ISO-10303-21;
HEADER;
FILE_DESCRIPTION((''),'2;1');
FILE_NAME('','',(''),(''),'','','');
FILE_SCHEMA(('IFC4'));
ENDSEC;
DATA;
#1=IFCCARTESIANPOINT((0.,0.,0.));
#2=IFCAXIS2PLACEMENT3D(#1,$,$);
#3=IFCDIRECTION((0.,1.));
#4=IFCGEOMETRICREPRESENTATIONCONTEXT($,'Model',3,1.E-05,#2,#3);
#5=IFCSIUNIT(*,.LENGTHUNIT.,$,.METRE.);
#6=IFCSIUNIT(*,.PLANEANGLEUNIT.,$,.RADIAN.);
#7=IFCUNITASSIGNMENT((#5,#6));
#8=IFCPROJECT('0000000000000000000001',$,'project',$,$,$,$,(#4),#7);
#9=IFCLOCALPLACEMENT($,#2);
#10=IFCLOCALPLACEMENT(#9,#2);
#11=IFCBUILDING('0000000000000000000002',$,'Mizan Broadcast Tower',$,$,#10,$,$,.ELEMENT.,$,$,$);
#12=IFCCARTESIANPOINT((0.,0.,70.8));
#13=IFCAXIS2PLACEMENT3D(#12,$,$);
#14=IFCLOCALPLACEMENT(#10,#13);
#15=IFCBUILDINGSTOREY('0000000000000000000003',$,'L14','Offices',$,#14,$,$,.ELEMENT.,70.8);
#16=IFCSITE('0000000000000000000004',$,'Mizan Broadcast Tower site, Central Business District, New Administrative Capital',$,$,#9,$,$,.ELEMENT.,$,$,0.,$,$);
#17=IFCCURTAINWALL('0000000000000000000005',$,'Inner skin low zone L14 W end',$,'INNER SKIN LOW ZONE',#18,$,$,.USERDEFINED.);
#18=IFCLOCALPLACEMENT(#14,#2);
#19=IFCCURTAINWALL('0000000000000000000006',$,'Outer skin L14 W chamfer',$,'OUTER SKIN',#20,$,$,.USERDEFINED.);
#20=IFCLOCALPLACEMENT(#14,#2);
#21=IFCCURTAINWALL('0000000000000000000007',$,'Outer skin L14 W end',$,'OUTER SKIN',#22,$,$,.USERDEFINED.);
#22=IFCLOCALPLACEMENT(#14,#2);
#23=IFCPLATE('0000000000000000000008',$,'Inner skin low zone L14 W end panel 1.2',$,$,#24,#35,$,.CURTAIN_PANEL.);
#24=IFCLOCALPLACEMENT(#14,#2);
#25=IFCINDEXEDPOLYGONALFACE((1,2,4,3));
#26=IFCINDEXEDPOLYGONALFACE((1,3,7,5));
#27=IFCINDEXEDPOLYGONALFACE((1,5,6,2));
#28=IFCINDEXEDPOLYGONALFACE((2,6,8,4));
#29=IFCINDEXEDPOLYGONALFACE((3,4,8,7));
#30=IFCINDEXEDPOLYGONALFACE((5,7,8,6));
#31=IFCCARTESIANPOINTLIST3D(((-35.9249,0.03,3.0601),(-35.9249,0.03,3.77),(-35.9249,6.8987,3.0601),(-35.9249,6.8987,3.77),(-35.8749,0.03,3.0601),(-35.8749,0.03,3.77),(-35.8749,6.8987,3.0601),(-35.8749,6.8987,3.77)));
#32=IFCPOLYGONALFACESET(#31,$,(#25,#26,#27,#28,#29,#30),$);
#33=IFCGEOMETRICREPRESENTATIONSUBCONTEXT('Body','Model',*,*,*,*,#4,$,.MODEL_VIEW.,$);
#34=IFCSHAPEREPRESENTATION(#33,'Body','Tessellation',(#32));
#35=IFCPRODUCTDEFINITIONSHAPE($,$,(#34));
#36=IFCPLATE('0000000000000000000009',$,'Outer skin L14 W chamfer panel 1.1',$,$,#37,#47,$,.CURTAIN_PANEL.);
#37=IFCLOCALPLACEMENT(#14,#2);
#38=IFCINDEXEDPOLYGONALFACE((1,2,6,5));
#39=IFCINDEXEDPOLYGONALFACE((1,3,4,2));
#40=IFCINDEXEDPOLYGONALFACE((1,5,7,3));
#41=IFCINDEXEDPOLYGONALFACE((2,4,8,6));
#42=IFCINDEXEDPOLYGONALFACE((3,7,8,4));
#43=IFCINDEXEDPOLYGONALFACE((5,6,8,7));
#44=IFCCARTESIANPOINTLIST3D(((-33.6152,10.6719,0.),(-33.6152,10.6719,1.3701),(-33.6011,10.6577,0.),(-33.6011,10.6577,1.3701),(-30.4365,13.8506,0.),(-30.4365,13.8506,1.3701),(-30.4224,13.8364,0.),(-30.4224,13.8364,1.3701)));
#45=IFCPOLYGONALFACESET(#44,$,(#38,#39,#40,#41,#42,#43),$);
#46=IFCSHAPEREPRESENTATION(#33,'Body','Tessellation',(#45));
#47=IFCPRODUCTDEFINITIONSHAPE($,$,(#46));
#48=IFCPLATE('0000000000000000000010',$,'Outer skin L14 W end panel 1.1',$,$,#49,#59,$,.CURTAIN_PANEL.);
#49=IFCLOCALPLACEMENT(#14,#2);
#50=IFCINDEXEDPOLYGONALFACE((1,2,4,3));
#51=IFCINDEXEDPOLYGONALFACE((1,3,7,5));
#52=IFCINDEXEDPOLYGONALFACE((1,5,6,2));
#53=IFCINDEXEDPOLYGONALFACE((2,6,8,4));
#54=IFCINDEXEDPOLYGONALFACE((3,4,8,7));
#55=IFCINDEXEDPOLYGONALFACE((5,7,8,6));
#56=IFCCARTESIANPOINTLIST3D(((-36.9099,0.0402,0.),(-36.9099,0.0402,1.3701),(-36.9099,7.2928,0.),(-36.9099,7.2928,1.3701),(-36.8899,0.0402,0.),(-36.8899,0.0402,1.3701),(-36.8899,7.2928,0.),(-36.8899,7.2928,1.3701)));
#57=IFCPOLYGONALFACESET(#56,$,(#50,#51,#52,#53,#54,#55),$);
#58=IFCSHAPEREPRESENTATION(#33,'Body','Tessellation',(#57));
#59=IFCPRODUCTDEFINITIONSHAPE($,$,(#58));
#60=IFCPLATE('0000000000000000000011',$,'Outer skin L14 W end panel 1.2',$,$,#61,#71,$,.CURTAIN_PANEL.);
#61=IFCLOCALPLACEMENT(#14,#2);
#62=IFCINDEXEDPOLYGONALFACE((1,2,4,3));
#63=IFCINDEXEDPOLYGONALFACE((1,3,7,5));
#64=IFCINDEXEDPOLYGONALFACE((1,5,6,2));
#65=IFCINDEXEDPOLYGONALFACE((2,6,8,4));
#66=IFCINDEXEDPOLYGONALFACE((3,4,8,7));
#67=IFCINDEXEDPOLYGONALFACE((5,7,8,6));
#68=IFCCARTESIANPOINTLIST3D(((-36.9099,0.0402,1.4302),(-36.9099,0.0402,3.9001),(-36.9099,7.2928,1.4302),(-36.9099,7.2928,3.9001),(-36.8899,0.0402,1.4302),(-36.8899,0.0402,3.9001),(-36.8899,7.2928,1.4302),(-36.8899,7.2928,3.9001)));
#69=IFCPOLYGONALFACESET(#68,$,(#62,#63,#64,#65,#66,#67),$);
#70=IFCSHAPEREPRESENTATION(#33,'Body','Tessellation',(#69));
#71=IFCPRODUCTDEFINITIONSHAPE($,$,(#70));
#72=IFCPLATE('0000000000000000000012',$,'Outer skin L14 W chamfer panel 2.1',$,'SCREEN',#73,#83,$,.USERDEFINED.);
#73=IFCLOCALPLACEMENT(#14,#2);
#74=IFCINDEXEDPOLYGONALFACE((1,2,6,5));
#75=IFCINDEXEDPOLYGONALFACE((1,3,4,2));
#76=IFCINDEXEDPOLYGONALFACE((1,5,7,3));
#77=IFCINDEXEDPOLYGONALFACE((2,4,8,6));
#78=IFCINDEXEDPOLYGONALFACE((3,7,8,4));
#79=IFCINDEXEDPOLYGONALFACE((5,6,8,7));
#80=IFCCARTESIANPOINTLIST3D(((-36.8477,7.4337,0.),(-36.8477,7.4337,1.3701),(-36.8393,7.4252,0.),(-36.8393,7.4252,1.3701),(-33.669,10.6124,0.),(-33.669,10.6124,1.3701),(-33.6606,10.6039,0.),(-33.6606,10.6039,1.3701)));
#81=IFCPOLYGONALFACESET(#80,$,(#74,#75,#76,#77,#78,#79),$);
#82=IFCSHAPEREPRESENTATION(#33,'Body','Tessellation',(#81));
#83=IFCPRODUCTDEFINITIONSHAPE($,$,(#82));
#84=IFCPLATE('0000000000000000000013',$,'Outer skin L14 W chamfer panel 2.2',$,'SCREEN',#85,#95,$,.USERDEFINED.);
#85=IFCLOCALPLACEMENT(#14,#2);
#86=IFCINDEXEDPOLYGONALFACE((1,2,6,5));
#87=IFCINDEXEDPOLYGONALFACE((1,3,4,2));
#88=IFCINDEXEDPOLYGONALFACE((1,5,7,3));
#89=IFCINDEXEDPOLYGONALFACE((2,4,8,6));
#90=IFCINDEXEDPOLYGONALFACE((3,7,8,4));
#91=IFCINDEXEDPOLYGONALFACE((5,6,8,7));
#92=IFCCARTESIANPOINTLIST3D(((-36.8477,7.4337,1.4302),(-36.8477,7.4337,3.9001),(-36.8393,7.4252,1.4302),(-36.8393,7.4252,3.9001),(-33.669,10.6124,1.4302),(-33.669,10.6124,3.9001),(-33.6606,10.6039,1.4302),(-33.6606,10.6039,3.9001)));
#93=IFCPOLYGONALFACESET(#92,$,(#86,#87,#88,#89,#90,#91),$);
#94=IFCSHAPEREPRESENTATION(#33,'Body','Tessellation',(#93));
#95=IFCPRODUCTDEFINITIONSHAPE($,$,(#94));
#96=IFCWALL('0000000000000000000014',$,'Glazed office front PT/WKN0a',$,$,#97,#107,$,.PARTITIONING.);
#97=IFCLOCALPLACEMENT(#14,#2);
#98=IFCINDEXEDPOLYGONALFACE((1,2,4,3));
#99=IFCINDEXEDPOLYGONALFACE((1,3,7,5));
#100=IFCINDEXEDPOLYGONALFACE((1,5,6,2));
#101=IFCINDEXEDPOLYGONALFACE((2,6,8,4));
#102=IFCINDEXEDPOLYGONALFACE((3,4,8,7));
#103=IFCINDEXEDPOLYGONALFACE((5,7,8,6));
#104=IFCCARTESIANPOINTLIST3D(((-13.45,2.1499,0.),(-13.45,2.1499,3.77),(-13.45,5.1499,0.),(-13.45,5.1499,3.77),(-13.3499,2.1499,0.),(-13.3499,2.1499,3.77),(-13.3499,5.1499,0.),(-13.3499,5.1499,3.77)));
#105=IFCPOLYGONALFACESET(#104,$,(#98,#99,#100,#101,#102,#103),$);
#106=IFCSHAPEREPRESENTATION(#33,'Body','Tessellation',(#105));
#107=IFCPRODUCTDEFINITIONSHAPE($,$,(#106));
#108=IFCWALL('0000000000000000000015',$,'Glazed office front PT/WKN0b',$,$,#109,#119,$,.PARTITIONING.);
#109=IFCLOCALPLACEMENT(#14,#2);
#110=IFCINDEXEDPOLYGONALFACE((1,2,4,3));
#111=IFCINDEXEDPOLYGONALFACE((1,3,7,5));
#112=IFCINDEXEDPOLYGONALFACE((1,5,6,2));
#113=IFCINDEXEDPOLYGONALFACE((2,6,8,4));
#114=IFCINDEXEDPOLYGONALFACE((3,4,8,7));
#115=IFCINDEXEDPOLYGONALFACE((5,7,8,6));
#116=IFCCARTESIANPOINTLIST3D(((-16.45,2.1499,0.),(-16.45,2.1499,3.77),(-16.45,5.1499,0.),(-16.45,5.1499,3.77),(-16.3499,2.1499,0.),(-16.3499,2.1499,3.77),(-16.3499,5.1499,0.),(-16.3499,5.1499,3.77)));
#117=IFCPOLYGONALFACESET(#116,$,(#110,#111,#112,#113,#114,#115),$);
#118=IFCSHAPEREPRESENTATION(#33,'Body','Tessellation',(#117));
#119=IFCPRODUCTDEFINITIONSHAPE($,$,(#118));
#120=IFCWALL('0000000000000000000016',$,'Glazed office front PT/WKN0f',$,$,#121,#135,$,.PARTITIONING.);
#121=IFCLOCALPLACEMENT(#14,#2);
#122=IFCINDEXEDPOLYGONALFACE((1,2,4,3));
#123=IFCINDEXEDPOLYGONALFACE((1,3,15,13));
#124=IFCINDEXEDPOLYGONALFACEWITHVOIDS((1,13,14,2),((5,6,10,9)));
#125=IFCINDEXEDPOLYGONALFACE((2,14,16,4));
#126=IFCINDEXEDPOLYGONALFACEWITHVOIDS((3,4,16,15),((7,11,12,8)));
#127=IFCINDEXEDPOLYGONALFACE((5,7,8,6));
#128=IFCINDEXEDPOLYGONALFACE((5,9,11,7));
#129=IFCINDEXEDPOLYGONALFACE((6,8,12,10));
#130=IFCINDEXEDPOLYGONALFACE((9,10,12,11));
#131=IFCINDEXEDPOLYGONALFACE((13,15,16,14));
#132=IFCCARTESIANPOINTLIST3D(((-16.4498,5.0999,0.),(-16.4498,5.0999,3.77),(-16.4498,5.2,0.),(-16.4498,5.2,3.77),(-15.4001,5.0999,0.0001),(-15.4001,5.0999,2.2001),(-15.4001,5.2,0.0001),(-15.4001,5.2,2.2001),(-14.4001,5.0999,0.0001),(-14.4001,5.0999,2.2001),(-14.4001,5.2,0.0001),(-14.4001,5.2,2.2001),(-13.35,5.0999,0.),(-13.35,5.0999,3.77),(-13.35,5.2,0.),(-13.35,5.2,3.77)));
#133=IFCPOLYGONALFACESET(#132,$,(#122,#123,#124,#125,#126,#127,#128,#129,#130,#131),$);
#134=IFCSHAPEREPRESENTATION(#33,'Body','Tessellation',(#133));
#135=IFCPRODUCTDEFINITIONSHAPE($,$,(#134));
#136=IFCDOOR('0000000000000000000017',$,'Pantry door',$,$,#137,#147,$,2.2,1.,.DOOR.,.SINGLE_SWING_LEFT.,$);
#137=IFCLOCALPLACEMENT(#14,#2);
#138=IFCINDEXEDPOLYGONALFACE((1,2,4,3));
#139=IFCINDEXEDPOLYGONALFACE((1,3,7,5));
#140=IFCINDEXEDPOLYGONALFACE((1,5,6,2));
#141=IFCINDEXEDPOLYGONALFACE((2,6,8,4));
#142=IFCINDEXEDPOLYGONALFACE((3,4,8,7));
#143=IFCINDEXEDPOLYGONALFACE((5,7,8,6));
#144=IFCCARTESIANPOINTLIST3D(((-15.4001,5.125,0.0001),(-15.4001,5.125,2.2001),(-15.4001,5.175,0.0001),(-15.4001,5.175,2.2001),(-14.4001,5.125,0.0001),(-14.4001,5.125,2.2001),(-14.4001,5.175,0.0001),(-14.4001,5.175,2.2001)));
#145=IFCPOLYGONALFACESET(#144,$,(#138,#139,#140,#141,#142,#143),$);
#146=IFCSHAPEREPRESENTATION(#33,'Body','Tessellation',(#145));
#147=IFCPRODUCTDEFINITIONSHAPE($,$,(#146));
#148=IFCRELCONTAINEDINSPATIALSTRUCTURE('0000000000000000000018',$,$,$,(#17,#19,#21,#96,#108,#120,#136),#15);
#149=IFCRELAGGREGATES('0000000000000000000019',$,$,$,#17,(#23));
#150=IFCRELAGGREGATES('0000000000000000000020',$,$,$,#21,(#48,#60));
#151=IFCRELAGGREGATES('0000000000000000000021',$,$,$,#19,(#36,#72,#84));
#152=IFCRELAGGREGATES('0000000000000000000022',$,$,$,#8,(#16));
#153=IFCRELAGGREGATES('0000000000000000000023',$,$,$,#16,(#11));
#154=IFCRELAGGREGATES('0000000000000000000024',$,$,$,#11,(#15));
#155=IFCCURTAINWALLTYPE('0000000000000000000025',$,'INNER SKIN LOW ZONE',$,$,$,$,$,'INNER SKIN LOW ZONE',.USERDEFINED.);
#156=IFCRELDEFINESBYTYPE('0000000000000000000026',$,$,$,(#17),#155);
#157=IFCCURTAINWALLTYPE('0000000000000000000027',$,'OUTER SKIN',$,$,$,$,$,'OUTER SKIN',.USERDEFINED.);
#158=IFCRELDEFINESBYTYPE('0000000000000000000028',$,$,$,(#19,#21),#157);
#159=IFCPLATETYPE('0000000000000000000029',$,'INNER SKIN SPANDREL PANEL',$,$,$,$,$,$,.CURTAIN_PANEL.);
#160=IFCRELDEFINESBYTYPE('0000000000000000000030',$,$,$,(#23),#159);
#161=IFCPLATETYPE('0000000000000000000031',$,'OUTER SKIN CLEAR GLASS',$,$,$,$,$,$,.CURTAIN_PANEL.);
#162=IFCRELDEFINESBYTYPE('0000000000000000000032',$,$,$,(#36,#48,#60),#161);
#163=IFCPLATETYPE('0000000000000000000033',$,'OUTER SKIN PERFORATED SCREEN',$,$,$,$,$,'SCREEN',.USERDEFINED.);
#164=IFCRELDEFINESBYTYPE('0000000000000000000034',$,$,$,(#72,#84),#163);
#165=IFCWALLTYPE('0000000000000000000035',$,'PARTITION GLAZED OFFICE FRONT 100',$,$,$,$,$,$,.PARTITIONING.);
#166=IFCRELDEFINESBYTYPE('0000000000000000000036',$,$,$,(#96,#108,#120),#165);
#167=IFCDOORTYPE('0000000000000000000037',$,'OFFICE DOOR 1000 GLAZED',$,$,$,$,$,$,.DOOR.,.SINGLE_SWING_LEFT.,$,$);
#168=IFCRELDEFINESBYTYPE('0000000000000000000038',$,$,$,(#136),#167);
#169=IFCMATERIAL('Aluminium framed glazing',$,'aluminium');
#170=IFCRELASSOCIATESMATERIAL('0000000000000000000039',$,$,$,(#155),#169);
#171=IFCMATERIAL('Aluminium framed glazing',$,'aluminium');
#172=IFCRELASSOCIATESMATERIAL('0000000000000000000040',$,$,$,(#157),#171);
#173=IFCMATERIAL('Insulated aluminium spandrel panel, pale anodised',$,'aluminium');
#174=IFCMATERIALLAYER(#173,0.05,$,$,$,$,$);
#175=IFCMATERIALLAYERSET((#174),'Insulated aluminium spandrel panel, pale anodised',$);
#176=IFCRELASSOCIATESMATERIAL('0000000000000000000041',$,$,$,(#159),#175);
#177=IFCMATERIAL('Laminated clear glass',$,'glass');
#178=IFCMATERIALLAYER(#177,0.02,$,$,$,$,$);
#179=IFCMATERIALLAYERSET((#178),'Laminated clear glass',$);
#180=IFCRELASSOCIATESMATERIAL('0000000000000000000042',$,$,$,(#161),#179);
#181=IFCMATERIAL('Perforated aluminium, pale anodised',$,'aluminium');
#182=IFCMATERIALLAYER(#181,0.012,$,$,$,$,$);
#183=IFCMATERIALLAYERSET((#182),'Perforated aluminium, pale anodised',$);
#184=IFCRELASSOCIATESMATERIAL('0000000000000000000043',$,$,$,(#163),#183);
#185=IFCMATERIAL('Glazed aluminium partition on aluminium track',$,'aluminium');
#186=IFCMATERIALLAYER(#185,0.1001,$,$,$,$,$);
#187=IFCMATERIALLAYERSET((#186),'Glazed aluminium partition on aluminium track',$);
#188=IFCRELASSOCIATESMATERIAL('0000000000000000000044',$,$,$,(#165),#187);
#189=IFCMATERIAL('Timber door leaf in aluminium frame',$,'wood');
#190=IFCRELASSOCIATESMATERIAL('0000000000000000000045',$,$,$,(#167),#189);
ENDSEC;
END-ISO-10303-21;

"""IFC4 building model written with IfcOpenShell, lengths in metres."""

from ifc_helpers import new_model, si_unit, direction, frame, frame_2d, origin, origin_2d, place, context, subcontext, project, spatial, rectangle, extrude, material, layer, layer_set, type_object, element, fill, aggregate, save


model = new_model("IFC4")

# Units and contexts
model_context = context("Model", 3, precision=1e-05, world=origin(), true_north=direction((0.0, 1.0)))
body_context = subcontext(model_context, "Body", "Model", "MODEL_VIEW")
ifc_project = project(units=[si_unit("LENGTHUNIT", "METRE"), si_unit("PLANEANGLEUNIT", "RADIAN")], contexts=[model_context])

# Site, building, storey
site_placement = place(None, origin())
site = spatial("IfcSite", under=ifc_project, at=site_placement, Name="Mizan Broadcast Tower site, Central Business District, New Administrative Capital", CompositionType="ELEMENT", RefElevation=0.0)
building_placement = place(site_placement, origin())
building = spatial("IfcBuilding", under=site, at=building_placement, Name="Mizan Broadcast Tower", CompositionType="ELEMENT")
storey_placement = place(building_placement, frame((0.0, 0.0, 70.8)))
storey = spatial("IfcBuildingStorey", under=building, at=storey_placement, Name="L14", Description="Offices", CompositionType="ELEMENT", Elevation=70.8)

# Curtain wall
ifc_material_1 = material(Name="Aluminium framed glazing", Category="aluminium")
curtain_wall_type_1 = type_object("IfcCurtainWallType", Name="INNER SKIN LOW ZONE", ElementType="INNER SKIN LOW ZONE", PredefinedType="USERDEFINED", material=ifc_material_1)
curtain_wall_1_placement = place(storey_placement, origin())
curtain_wall_1 = element("IfcCurtainWall", 1, at=curtain_wall_1_placement, inside=storey, type_object=curtain_wall_type_1, Name="Inner skin low zone L14 W end", ObjectType="INNER SKIN LOW ZONE", PredefinedType="USERDEFINED")

# Curtain wall
ifc_material_2 = material(Name="Aluminium framed glazing", Category="aluminium")
curtain_wall_type_2 = type_object("IfcCurtainWallType", Name="OUTER SKIN", ElementType="OUTER SKIN", PredefinedType="USERDEFINED", material=ifc_material_2)
curtain_wall_2_placement = place(storey_placement, origin())
curtain_wall_2 = element("IfcCurtainWall", 2, at=curtain_wall_2_placement, inside=storey, type_object=curtain_wall_type_2, Name="Outer skin L14 W chamfer", ObjectType="OUTER SKIN", PredefinedType="USERDEFINED")

# Curtain wall
curtain_wall_3_placement = place(storey_placement, origin())
curtain_wall_3 = element("IfcCurtainWall", 3, at=curtain_wall_3_placement, inside=storey, type_object=curtain_wall_type_2, Name="Outer skin L14 W end", ObjectType="OUTER SKIN", PredefinedType="USERDEFINED")

# Plates
ifc_material_3 = material(Name="Insulated aluminium spandrel panel, pale anodised", Category="aluminium")
ifc_layer_1 = layer(ifc_material_3, 0.05)
ifc_layer_set_1 = layer_set([ifc_layer_1], Name="Insulated aluminium spandrel panel, pale anodised")
plate_type_1 = type_object("IfcPlateType", Name="INNER SKIN SPANDREL PANEL", PredefinedType="CURTAIN_PANEL", material=ifc_layer_set_1)
plate_1_placement = place(storey_placement, frame((-35.8999, 3.4644, 3.0601), z_axis=(0.0, 0.0, 1.0), x_axis=(0.0, -1.0, 0.0)))
plate_1 = element("IfcPlate", 4, at=plate_1_placement, type_object=plate_type_1, Name="Inner skin low zone L14 W end panel 1.2", PredefinedType="CURTAIN_PANEL", context=body_context, shape_type="SweptSolid", body=[
    extrude(rectangle(XDim=6.8687, YDim=0.05, at=origin_2d()), origin(), (0.0, 0.0, 1.0), 0.71),
])
aggregate(curtain_wall_1, [plate_1])
ifc_material_4 = material(Name="Laminated clear glass", Category="glass")
ifc_layer_2 = layer(ifc_material_4, 0.02)
ifc_layer_set_2 = layer_set([ifc_layer_2], Name="Laminated clear glass")
plate_type_2 = type_object("IfcPlateType", Name="OUTER SKIN CLEAR GLASS", PredefinedType="CURTAIN_PANEL", material=ifc_layer_set_2)
plate_2_placement = place(storey_placement, frame((-32.0188, 12.2542, 0.0), z_axis=(0.0, 0.0, 1.0), x_axis=(-0.707107, -0.707107, 0.0)))
plate_2 = element("IfcPlate", 5, at=plate_2_placement, type_object=plate_type_2, Name="Outer skin L14 W chamfer panel 1.1", PredefinedType="CURTAIN_PANEL", context=body_context, shape_type="SweptSolid", body=[
    extrude(rectangle(XDim=4.4954, YDim=0.02, at=origin_2d()), origin(), (0.0, 0.0, 1.0), 1.3701),
])
plate_3_placement = place(storey_placement, frame((-36.8999, 3.6665, 0.0), z_axis=(0.0, 0.0, 1.0), x_axis=(0.0, -1.0, 0.0)))
plate_3 = element("IfcPlate", 6, at=plate_3_placement, type_object=plate_type_2, Name="Outer skin L14 W end panel 1.1", PredefinedType="CURTAIN_PANEL", context=body_context, shape_type="SweptSolid", body=[
    extrude(rectangle(XDim=7.2527, YDim=0.02, at=origin_2d()), origin(), (0.0, 0.0, 1.0), 1.3701),
])
plate_4_placement = place(storey_placement, frame((-36.8999, 3.6665, 1.4302), z_axis=(0.0, 0.0, 1.0), x_axis=(0.0, -1.0, 0.0)))
plate_4 = element("IfcPlate", 7, at=plate_4_placement, type_object=plate_type_2, Name="Outer skin L14 W end panel 1.2", PredefinedType="CURTAIN_PANEL", context=body_context, shape_type="SweptSolid", body=[
    extrude(rectangle(XDim=7.2527, YDim=0.02, at=origin_2d()), origin(), (0.0, 0.0, 1.0), 2.47),
])
aggregate(curtain_wall_3, [plate_3, plate_4])
ifc_material_5 = material(Name="Perforated aluminium, pale anodised", Category="aluminium")
ifc_layer_3 = layer(ifc_material_5, 0.012)
ifc_layer_set_3 = layer_set([ifc_layer_3], Name="Perforated aluminium, pale anodised")
plate_type_3 = type_object("IfcPlateType", Name="OUTER SKIN PERFORATED SCREEN", ElementType="SCREEN", PredefinedType="USERDEFINED", material=ifc_layer_set_3)
plate_5_placement = place(storey_placement, frame((-35.2542, 9.0188, 0.0), z_axis=(0.0, 0.0, 1.0), x_axis=(-0.707107, -0.707107, 0.0)))
plate_5 = element("IfcPlate", 8, at=plate_5_placement, type_object=plate_type_3, Name="Outer skin L14 W chamfer panel 2.1", ObjectType="SCREEN", PredefinedType="USERDEFINED", context=body_context, shape_type="SweptSolid", body=[
    extrude(rectangle(XDim=4.4954, YDim=0.012, at=origin_2d()), origin(), (0.0, 0.0, 1.0), 1.3701),
])
plate_6_placement = place(storey_placement, frame((-35.2542, 9.0188, 1.4302), z_axis=(0.0, 0.0, 1.0), x_axis=(-0.707107, -0.707107, 0.0)))
plate_6 = element("IfcPlate", 9, at=plate_6_placement, type_object=plate_type_3, Name="Outer skin L14 W chamfer panel 2.2", ObjectType="SCREEN", PredefinedType="USERDEFINED", context=body_context, shape_type="SweptSolid", body=[
    extrude(rectangle(XDim=4.4954, YDim=0.012, at=origin_2d()), origin(), (0.0, 0.0, 1.0), 2.47),
])
aggregate(curtain_wall_2, [plate_2, plate_5, plate_6])

# Walls
ifc_material_6 = material(Name="Glazed aluminium partition on aluminium track", Category="aluminium")
ifc_layer_4 = layer(ifc_material_6, 0.1001)
ifc_layer_set_4 = layer_set([ifc_layer_4], Name="Glazed aluminium partition on aluminium track")
wall_type = type_object("IfcWallType", Name="PARTITION GLAZED OFFICE FRONT 100", PredefinedType="PARTITIONING", material=ifc_layer_set_4)
for number, where, z_axis, x_axis, name in (
    (10, (-13.3999, 2.1499, 0.0), (0.0, 0.0, 1.0), (0.0, 1.0, 0.0), "Glazed office front PT/WKN0a"),
    (11, (-16.3999, 2.1499, 0.0), (0.0, 0.0, 1.0), (0.0, 1.0, 0.0), "Glazed office front PT/WKN0b"),
):
    element("IfcWall", number, at=place(storey_placement, frame(where, z_axis=z_axis, x_axis=x_axis)), inside=storey, type_object=wall_type, Name=name, PredefinedType="PARTITIONING", context=body_context, shape_type="SweptSolid", body=[
        extrude(rectangle(XDim=3.0, YDim=0.1001, at=frame_2d((1.5, 0.0))), origin(), (0.0, 0.0, 1.0), 3.77),
    ])

# Wall, opening, door
wall_placement = place(storey_placement, frame((-13.3501, 5.1499, 0.0), z_axis=(0.0, 0.0, 1.0), x_axis=(-1.0, 0.0, 0.0)))
wall = element("IfcWall", 12, at=wall_placement, inside=storey, type_object=wall_type, Name="Glazed office front PT/WKN0f", PredefinedType="PARTITIONING", context=body_context, shape_type="SweptSolid", body=[
    extrude(rectangle(XDim=3.0999, YDim=0.1001, at=frame_2d((1.5498, 0.0))), origin(), (0.0, 0.0, 1.0), 3.77),
])
opening_placement = place(wall_placement, frame((1.05, 0.0, 0.0)))
opening = element("IfcOpeningElement", 13, at=opening_placement, cuts=wall, PredefinedType="OPENING", context=body_context, shape_type="SweptSolid", body=[
    extrude(rectangle(XDim=1.0, YDim=2.2, at=frame_2d((0.5, 1.1001))), frame((0.0, 0.0601, 0.0), z_axis=(0.0, -1.0, 0.0), x_axis=(1.0, 0.0, 0.0)), (0.0, 0.0, 1.0), 0.1201),
])
ifc_material_7 = material(Name="Timber door leaf in aluminium frame", Category="wood")
door_type = type_object("IfcDoorType", Name="OFFICE DOOR 1000 GLAZED", OperationType="SINGLE_SWING_LEFT", PredefinedType="DOOR", material=ifc_material_7)
door_placement = place(opening_placement, origin())
door = element("IfcDoor", 14, at=door_placement, inside=storey, type_object=door_type, Name="Pantry door", OperationType="SINGLE_SWING_LEFT", OverallHeight=2.2, OverallWidth=1.0, PredefinedType="DOOR", context=body_context, shape_type="SweptSolid", body=[
    extrude(rectangle(XDim=1.0, YDim=2.2, at=frame_2d((0.5, 1.1001))), frame((0.0, 0.0249, 0.0), z_axis=(0.0, -1.0, 0.0), x_axis=(1.0, 0.0, 0.0)), (0.0, 0.0, 1.0), 0.05),
])
fill(opening, door)

save(model, "model.ifc")
